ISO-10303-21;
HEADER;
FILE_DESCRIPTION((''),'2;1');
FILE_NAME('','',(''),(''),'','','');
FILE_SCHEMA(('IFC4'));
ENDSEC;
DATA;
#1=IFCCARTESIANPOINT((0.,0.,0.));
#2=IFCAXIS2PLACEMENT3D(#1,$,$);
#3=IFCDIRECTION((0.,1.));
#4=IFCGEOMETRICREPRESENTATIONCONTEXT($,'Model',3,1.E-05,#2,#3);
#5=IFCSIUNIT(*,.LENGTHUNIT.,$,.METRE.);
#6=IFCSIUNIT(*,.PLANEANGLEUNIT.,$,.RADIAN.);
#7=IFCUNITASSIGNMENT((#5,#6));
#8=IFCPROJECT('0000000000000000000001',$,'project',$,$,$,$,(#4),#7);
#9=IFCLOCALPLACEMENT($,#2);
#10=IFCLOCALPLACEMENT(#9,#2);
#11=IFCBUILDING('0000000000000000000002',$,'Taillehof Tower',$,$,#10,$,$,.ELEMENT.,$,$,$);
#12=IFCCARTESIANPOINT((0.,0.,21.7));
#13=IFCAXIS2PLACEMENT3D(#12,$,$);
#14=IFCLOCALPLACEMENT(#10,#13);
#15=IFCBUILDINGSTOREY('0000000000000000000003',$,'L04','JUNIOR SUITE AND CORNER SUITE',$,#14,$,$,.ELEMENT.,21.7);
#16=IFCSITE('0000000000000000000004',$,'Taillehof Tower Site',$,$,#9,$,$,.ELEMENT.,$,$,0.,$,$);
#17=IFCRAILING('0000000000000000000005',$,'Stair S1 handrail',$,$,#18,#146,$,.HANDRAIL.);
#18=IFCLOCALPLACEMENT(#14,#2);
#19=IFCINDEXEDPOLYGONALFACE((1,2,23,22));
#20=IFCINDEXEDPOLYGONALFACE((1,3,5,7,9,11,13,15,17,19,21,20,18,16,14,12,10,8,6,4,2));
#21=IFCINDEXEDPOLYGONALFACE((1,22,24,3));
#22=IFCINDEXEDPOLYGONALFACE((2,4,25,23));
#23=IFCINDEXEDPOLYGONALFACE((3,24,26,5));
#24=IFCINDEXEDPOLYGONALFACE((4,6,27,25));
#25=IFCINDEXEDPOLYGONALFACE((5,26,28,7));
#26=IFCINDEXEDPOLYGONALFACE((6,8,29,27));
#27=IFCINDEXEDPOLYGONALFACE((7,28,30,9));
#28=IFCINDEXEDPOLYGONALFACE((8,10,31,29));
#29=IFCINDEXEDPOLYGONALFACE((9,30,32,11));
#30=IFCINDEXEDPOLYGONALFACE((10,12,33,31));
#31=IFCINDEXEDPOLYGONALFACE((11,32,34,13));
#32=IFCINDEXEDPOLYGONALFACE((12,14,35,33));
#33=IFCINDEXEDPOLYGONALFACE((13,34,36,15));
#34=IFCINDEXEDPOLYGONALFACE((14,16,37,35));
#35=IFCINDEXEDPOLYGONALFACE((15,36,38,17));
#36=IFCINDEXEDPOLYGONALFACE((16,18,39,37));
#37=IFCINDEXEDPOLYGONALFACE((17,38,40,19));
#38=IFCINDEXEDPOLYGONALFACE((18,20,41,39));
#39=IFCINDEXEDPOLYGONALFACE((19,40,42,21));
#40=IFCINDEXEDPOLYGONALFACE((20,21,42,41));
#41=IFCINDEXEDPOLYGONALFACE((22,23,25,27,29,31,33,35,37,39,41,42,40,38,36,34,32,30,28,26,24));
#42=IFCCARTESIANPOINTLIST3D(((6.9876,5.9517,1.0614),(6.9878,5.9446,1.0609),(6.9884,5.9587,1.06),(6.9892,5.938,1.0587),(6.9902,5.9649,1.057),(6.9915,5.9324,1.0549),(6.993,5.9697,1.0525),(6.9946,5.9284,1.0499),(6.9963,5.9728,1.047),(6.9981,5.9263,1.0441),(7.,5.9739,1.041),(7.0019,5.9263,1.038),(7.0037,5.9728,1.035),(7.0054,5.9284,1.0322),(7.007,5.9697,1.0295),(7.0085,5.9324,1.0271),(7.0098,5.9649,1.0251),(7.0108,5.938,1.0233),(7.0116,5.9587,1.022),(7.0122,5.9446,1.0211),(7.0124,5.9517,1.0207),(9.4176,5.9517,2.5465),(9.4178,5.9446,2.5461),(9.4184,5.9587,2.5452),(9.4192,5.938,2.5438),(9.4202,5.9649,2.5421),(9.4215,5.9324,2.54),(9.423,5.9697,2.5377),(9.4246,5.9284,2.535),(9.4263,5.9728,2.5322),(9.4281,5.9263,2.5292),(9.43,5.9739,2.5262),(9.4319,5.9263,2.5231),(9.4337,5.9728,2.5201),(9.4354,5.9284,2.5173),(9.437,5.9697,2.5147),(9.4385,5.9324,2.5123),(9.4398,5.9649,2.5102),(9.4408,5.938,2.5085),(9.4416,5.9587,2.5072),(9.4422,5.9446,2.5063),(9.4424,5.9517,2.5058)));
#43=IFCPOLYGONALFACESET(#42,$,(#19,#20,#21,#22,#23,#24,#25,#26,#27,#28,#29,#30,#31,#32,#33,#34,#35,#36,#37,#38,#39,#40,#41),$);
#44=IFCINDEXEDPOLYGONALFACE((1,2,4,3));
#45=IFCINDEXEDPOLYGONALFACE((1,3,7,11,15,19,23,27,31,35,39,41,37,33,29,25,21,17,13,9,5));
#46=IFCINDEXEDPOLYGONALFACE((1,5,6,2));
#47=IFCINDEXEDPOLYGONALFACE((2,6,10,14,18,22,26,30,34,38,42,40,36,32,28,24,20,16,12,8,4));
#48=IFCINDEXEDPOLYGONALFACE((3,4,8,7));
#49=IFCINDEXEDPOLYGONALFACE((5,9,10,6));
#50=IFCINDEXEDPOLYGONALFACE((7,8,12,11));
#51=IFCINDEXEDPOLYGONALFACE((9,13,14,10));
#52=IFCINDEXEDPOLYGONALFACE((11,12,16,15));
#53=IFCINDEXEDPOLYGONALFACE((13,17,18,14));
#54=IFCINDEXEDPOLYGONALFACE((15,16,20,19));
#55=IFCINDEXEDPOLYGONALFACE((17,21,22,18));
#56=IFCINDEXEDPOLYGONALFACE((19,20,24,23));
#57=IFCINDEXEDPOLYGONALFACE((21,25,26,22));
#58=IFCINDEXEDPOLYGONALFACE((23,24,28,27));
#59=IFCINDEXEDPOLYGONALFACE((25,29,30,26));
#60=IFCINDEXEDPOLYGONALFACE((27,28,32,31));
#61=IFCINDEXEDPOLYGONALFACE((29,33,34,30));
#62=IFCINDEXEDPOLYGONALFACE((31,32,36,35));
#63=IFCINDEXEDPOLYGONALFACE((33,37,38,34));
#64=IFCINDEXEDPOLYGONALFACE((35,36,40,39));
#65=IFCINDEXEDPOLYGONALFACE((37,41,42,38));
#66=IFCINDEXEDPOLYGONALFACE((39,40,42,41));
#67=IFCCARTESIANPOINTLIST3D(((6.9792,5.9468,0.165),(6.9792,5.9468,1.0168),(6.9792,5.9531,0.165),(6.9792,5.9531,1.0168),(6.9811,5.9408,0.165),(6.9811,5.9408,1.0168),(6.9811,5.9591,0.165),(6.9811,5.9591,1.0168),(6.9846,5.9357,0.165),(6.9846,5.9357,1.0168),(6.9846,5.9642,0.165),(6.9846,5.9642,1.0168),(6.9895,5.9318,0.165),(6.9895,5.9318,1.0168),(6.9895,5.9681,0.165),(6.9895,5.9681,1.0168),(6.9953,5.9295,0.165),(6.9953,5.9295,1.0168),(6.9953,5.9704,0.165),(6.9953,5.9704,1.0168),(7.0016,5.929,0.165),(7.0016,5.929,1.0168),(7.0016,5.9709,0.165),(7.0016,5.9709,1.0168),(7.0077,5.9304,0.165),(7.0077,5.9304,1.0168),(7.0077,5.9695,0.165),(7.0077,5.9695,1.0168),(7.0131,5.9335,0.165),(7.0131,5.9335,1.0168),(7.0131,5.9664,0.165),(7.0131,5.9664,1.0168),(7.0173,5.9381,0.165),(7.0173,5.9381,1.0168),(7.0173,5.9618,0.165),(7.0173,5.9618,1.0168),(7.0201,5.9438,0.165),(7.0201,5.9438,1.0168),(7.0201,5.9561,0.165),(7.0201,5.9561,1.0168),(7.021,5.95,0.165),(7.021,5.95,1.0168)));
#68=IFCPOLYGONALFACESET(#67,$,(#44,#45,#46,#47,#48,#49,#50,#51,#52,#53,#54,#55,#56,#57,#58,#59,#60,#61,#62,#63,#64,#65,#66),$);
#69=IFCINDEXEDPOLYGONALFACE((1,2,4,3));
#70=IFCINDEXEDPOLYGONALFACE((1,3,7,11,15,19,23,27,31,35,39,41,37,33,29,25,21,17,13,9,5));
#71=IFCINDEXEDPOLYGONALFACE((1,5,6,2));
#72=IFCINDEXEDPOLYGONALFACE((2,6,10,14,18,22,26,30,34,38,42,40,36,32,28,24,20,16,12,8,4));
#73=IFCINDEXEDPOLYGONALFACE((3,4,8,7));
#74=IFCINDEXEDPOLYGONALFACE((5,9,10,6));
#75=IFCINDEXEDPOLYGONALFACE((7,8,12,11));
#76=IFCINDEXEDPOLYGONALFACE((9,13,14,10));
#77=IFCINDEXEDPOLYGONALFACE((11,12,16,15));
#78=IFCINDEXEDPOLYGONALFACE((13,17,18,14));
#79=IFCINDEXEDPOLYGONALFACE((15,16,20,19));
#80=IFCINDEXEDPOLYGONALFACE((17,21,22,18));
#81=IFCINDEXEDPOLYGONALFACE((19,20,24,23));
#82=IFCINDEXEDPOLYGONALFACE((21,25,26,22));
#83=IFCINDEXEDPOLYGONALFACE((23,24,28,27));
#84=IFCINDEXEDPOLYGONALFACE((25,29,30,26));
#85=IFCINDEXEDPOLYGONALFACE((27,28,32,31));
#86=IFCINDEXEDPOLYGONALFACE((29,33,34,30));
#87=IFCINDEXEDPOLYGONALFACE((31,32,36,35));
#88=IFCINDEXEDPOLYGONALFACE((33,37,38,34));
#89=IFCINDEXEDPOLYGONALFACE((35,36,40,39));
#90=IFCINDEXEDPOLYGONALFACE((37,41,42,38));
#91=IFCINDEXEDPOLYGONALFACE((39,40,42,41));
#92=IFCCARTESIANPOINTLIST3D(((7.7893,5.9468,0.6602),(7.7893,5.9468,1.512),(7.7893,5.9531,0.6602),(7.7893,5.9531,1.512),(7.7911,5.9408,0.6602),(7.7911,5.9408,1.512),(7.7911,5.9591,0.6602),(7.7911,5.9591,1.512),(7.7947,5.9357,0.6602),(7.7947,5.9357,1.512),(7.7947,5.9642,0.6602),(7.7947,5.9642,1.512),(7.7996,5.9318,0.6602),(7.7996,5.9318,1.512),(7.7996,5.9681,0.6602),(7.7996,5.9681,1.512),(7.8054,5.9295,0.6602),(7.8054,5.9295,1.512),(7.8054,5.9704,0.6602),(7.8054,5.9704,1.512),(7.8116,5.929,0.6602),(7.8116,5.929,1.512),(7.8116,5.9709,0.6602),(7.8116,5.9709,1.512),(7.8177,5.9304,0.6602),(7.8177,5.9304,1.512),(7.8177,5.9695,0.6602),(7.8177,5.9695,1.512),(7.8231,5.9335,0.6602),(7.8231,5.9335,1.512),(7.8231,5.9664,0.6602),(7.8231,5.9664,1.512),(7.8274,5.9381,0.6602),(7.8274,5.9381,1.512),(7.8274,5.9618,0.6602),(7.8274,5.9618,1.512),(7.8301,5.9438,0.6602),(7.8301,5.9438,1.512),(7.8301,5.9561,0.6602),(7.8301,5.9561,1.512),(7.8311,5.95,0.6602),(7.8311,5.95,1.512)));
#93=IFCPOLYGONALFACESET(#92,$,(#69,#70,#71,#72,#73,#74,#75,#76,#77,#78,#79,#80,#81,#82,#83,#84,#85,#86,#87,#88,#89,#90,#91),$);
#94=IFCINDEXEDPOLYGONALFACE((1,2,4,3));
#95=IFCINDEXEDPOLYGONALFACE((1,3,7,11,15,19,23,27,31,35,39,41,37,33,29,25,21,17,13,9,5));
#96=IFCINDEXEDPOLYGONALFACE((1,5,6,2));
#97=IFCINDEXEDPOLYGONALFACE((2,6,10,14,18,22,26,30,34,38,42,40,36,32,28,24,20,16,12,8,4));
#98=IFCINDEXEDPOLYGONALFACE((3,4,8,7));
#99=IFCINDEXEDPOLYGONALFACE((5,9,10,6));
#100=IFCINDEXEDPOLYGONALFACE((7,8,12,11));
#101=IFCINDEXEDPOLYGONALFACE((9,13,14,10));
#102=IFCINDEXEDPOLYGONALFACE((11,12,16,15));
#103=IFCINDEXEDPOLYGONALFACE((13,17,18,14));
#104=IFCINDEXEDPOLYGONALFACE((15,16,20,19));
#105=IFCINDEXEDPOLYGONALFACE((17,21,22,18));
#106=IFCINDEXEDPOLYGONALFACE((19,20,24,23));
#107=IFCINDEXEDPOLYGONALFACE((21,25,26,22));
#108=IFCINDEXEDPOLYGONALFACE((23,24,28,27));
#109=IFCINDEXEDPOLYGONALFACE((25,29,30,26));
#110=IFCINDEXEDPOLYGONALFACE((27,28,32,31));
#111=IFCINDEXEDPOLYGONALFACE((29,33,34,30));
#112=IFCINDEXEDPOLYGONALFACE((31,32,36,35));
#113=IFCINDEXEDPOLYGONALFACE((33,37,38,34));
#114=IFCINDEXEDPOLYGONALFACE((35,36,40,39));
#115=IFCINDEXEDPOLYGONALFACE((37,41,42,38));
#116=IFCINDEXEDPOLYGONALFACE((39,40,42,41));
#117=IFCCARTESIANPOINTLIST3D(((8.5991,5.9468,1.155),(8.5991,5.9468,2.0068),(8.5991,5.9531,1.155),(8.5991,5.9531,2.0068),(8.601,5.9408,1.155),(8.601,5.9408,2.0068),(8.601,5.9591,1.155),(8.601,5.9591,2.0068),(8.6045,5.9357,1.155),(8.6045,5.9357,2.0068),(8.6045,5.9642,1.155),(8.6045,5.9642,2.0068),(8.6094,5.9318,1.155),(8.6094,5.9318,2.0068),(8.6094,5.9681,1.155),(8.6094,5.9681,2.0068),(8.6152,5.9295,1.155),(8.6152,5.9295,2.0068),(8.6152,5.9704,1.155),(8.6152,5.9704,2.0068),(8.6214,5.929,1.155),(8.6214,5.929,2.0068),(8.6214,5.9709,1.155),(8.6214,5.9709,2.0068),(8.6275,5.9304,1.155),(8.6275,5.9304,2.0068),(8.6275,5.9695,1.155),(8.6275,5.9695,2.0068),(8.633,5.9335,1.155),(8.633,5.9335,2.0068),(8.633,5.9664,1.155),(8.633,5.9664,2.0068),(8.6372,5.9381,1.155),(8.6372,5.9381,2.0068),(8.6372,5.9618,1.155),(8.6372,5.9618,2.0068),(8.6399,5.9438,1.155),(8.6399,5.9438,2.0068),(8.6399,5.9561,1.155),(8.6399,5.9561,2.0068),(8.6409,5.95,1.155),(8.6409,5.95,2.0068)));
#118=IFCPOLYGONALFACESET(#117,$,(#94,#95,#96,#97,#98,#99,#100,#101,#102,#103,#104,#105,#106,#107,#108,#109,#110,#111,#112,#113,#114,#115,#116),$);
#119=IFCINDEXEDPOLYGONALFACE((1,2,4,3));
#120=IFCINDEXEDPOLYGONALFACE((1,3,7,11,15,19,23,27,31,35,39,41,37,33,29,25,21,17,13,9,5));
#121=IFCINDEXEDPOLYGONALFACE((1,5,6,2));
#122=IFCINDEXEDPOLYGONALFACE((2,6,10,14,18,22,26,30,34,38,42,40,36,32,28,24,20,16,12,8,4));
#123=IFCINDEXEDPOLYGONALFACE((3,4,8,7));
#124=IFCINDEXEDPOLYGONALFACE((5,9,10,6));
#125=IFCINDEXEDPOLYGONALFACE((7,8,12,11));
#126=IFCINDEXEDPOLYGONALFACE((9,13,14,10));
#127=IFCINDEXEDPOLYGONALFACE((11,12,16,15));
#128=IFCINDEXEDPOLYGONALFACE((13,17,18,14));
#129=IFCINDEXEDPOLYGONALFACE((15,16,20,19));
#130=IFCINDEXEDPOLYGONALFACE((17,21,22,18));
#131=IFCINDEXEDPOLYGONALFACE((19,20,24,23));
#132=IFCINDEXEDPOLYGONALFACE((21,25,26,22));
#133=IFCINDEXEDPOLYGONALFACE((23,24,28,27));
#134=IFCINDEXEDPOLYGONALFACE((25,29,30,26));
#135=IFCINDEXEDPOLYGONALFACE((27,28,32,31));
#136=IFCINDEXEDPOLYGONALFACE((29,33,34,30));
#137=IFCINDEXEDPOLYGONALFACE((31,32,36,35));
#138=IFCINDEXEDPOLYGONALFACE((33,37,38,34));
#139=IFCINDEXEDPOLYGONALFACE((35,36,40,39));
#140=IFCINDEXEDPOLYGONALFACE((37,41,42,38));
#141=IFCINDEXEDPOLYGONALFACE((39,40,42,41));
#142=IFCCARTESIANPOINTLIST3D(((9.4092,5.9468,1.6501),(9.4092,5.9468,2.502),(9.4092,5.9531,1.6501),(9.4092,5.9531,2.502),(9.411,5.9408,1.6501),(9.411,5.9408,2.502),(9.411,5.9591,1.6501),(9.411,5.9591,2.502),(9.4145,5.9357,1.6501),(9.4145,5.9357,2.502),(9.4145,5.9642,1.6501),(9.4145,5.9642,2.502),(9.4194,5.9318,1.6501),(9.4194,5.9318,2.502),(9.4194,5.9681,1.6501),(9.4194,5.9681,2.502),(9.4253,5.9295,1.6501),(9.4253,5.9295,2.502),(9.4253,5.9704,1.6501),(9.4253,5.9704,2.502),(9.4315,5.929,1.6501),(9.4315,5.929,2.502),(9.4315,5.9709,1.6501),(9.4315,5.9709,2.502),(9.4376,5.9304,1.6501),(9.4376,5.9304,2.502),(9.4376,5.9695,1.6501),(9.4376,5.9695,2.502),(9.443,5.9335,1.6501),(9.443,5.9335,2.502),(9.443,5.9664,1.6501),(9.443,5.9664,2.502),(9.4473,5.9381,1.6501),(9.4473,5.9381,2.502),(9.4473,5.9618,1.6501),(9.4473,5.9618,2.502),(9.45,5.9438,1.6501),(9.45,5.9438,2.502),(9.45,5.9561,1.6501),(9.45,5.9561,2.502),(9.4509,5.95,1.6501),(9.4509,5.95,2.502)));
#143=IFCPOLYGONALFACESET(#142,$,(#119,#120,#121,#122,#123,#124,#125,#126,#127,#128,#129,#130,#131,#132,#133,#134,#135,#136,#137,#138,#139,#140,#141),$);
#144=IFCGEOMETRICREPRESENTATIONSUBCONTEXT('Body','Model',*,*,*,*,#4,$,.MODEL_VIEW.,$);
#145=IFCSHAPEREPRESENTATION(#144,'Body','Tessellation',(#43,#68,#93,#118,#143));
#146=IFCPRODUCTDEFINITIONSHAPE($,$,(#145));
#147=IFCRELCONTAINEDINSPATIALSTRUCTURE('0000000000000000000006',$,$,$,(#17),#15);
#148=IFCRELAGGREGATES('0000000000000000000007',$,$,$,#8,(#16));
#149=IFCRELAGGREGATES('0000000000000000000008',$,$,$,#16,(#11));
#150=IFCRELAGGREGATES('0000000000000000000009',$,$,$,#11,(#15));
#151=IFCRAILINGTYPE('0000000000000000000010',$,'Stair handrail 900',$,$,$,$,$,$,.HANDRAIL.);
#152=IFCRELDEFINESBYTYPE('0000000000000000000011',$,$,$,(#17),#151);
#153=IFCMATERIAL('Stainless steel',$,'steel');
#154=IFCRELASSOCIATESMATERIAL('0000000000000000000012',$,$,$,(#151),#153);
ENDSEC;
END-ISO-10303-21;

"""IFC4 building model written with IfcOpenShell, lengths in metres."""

from ifc_helpers import new_model, si_unit, direction, frame, origin, origin_2d, place, context, subcontext, project, spatial, circle, extrude, material, type_object, element, save


model = new_model("IFC4")

# Units and contexts
model_context = context("Model", 3, precision=1e-05, world=origin(), true_north=direction((0.0, 1.0)))
body_context = subcontext(model_context, "Body", "Model", "MODEL_VIEW")
ifc_project = project(units=[si_unit("LENGTHUNIT", "METRE"), si_unit("PLANEANGLEUNIT", "RADIAN")], contexts=[model_context])

# Site, building, storey
site_placement = place(None, origin())
site = spatial("IfcSite", under=ifc_project, at=site_placement, Name="Taillehof Tower Site", CompositionType="ELEMENT", RefElevation=0.0)
building_placement = place(site_placement, origin())
building = spatial("IfcBuilding", under=site, at=building_placement, Name="Taillehof Tower", CompositionType="ELEMENT")
storey_placement = place(building_placement, frame((0.0, 0.0, 21.7)))
storey = spatial("IfcBuildingStorey", under=building, at=storey_placement, Name="L04", Description="JUNIOR SUITE AND CORNER SUITE", CompositionType="ELEMENT", Elevation=21.7)

# Railing
ifc_material_1 = material(Name="Stainless steel", Category="steel")
railing_type = type_object("IfcRailingType", Name="Stair handrail 900", PredefinedType="HANDRAIL", material=ifc_material_1)
railing_1_placement = place(storey_placement, frame((7.0, 5.95, 0.165)))
element("IfcRailing", 1, at=railing_1_placement, inside=storey, type_object=railing_type, Name="Stair S1 handrail", PredefinedType="HANDRAIL", context=body_context, shape_type="SweptSolid", body=[
    extrude(circle(Radius=0.0239, at=origin_2d()), frame((0.0, 0.0, 0.876), z_axis=(0.853259, 0.0, 0.521488), x_axis=(0.0, 1.0, 0.0)), (0.0, 0.0, 1.0), 2.8479),
    extrude(circle(Radius=0.021, at=origin_2d()), origin(), (0.0, 0.0, 1.0), 0.8518),
    extrude(circle(Radius=0.021, at=origin_2d()), frame((0.8101, 0.0, 0.4951)), (0.0, 0.0, 1.0), 0.8518),
    extrude(circle(Radius=0.021, at=origin_2d()), frame((1.6199, 0.0, 0.99)), (0.0, 0.0, 1.0), 0.8518),
    extrude(circle(Radius=0.021, at=origin_2d()), frame((2.4299, 0.0, 1.4851)), (0.0, 0.0, 1.0), 0.8518),
])

save(model, "model.ifc")
